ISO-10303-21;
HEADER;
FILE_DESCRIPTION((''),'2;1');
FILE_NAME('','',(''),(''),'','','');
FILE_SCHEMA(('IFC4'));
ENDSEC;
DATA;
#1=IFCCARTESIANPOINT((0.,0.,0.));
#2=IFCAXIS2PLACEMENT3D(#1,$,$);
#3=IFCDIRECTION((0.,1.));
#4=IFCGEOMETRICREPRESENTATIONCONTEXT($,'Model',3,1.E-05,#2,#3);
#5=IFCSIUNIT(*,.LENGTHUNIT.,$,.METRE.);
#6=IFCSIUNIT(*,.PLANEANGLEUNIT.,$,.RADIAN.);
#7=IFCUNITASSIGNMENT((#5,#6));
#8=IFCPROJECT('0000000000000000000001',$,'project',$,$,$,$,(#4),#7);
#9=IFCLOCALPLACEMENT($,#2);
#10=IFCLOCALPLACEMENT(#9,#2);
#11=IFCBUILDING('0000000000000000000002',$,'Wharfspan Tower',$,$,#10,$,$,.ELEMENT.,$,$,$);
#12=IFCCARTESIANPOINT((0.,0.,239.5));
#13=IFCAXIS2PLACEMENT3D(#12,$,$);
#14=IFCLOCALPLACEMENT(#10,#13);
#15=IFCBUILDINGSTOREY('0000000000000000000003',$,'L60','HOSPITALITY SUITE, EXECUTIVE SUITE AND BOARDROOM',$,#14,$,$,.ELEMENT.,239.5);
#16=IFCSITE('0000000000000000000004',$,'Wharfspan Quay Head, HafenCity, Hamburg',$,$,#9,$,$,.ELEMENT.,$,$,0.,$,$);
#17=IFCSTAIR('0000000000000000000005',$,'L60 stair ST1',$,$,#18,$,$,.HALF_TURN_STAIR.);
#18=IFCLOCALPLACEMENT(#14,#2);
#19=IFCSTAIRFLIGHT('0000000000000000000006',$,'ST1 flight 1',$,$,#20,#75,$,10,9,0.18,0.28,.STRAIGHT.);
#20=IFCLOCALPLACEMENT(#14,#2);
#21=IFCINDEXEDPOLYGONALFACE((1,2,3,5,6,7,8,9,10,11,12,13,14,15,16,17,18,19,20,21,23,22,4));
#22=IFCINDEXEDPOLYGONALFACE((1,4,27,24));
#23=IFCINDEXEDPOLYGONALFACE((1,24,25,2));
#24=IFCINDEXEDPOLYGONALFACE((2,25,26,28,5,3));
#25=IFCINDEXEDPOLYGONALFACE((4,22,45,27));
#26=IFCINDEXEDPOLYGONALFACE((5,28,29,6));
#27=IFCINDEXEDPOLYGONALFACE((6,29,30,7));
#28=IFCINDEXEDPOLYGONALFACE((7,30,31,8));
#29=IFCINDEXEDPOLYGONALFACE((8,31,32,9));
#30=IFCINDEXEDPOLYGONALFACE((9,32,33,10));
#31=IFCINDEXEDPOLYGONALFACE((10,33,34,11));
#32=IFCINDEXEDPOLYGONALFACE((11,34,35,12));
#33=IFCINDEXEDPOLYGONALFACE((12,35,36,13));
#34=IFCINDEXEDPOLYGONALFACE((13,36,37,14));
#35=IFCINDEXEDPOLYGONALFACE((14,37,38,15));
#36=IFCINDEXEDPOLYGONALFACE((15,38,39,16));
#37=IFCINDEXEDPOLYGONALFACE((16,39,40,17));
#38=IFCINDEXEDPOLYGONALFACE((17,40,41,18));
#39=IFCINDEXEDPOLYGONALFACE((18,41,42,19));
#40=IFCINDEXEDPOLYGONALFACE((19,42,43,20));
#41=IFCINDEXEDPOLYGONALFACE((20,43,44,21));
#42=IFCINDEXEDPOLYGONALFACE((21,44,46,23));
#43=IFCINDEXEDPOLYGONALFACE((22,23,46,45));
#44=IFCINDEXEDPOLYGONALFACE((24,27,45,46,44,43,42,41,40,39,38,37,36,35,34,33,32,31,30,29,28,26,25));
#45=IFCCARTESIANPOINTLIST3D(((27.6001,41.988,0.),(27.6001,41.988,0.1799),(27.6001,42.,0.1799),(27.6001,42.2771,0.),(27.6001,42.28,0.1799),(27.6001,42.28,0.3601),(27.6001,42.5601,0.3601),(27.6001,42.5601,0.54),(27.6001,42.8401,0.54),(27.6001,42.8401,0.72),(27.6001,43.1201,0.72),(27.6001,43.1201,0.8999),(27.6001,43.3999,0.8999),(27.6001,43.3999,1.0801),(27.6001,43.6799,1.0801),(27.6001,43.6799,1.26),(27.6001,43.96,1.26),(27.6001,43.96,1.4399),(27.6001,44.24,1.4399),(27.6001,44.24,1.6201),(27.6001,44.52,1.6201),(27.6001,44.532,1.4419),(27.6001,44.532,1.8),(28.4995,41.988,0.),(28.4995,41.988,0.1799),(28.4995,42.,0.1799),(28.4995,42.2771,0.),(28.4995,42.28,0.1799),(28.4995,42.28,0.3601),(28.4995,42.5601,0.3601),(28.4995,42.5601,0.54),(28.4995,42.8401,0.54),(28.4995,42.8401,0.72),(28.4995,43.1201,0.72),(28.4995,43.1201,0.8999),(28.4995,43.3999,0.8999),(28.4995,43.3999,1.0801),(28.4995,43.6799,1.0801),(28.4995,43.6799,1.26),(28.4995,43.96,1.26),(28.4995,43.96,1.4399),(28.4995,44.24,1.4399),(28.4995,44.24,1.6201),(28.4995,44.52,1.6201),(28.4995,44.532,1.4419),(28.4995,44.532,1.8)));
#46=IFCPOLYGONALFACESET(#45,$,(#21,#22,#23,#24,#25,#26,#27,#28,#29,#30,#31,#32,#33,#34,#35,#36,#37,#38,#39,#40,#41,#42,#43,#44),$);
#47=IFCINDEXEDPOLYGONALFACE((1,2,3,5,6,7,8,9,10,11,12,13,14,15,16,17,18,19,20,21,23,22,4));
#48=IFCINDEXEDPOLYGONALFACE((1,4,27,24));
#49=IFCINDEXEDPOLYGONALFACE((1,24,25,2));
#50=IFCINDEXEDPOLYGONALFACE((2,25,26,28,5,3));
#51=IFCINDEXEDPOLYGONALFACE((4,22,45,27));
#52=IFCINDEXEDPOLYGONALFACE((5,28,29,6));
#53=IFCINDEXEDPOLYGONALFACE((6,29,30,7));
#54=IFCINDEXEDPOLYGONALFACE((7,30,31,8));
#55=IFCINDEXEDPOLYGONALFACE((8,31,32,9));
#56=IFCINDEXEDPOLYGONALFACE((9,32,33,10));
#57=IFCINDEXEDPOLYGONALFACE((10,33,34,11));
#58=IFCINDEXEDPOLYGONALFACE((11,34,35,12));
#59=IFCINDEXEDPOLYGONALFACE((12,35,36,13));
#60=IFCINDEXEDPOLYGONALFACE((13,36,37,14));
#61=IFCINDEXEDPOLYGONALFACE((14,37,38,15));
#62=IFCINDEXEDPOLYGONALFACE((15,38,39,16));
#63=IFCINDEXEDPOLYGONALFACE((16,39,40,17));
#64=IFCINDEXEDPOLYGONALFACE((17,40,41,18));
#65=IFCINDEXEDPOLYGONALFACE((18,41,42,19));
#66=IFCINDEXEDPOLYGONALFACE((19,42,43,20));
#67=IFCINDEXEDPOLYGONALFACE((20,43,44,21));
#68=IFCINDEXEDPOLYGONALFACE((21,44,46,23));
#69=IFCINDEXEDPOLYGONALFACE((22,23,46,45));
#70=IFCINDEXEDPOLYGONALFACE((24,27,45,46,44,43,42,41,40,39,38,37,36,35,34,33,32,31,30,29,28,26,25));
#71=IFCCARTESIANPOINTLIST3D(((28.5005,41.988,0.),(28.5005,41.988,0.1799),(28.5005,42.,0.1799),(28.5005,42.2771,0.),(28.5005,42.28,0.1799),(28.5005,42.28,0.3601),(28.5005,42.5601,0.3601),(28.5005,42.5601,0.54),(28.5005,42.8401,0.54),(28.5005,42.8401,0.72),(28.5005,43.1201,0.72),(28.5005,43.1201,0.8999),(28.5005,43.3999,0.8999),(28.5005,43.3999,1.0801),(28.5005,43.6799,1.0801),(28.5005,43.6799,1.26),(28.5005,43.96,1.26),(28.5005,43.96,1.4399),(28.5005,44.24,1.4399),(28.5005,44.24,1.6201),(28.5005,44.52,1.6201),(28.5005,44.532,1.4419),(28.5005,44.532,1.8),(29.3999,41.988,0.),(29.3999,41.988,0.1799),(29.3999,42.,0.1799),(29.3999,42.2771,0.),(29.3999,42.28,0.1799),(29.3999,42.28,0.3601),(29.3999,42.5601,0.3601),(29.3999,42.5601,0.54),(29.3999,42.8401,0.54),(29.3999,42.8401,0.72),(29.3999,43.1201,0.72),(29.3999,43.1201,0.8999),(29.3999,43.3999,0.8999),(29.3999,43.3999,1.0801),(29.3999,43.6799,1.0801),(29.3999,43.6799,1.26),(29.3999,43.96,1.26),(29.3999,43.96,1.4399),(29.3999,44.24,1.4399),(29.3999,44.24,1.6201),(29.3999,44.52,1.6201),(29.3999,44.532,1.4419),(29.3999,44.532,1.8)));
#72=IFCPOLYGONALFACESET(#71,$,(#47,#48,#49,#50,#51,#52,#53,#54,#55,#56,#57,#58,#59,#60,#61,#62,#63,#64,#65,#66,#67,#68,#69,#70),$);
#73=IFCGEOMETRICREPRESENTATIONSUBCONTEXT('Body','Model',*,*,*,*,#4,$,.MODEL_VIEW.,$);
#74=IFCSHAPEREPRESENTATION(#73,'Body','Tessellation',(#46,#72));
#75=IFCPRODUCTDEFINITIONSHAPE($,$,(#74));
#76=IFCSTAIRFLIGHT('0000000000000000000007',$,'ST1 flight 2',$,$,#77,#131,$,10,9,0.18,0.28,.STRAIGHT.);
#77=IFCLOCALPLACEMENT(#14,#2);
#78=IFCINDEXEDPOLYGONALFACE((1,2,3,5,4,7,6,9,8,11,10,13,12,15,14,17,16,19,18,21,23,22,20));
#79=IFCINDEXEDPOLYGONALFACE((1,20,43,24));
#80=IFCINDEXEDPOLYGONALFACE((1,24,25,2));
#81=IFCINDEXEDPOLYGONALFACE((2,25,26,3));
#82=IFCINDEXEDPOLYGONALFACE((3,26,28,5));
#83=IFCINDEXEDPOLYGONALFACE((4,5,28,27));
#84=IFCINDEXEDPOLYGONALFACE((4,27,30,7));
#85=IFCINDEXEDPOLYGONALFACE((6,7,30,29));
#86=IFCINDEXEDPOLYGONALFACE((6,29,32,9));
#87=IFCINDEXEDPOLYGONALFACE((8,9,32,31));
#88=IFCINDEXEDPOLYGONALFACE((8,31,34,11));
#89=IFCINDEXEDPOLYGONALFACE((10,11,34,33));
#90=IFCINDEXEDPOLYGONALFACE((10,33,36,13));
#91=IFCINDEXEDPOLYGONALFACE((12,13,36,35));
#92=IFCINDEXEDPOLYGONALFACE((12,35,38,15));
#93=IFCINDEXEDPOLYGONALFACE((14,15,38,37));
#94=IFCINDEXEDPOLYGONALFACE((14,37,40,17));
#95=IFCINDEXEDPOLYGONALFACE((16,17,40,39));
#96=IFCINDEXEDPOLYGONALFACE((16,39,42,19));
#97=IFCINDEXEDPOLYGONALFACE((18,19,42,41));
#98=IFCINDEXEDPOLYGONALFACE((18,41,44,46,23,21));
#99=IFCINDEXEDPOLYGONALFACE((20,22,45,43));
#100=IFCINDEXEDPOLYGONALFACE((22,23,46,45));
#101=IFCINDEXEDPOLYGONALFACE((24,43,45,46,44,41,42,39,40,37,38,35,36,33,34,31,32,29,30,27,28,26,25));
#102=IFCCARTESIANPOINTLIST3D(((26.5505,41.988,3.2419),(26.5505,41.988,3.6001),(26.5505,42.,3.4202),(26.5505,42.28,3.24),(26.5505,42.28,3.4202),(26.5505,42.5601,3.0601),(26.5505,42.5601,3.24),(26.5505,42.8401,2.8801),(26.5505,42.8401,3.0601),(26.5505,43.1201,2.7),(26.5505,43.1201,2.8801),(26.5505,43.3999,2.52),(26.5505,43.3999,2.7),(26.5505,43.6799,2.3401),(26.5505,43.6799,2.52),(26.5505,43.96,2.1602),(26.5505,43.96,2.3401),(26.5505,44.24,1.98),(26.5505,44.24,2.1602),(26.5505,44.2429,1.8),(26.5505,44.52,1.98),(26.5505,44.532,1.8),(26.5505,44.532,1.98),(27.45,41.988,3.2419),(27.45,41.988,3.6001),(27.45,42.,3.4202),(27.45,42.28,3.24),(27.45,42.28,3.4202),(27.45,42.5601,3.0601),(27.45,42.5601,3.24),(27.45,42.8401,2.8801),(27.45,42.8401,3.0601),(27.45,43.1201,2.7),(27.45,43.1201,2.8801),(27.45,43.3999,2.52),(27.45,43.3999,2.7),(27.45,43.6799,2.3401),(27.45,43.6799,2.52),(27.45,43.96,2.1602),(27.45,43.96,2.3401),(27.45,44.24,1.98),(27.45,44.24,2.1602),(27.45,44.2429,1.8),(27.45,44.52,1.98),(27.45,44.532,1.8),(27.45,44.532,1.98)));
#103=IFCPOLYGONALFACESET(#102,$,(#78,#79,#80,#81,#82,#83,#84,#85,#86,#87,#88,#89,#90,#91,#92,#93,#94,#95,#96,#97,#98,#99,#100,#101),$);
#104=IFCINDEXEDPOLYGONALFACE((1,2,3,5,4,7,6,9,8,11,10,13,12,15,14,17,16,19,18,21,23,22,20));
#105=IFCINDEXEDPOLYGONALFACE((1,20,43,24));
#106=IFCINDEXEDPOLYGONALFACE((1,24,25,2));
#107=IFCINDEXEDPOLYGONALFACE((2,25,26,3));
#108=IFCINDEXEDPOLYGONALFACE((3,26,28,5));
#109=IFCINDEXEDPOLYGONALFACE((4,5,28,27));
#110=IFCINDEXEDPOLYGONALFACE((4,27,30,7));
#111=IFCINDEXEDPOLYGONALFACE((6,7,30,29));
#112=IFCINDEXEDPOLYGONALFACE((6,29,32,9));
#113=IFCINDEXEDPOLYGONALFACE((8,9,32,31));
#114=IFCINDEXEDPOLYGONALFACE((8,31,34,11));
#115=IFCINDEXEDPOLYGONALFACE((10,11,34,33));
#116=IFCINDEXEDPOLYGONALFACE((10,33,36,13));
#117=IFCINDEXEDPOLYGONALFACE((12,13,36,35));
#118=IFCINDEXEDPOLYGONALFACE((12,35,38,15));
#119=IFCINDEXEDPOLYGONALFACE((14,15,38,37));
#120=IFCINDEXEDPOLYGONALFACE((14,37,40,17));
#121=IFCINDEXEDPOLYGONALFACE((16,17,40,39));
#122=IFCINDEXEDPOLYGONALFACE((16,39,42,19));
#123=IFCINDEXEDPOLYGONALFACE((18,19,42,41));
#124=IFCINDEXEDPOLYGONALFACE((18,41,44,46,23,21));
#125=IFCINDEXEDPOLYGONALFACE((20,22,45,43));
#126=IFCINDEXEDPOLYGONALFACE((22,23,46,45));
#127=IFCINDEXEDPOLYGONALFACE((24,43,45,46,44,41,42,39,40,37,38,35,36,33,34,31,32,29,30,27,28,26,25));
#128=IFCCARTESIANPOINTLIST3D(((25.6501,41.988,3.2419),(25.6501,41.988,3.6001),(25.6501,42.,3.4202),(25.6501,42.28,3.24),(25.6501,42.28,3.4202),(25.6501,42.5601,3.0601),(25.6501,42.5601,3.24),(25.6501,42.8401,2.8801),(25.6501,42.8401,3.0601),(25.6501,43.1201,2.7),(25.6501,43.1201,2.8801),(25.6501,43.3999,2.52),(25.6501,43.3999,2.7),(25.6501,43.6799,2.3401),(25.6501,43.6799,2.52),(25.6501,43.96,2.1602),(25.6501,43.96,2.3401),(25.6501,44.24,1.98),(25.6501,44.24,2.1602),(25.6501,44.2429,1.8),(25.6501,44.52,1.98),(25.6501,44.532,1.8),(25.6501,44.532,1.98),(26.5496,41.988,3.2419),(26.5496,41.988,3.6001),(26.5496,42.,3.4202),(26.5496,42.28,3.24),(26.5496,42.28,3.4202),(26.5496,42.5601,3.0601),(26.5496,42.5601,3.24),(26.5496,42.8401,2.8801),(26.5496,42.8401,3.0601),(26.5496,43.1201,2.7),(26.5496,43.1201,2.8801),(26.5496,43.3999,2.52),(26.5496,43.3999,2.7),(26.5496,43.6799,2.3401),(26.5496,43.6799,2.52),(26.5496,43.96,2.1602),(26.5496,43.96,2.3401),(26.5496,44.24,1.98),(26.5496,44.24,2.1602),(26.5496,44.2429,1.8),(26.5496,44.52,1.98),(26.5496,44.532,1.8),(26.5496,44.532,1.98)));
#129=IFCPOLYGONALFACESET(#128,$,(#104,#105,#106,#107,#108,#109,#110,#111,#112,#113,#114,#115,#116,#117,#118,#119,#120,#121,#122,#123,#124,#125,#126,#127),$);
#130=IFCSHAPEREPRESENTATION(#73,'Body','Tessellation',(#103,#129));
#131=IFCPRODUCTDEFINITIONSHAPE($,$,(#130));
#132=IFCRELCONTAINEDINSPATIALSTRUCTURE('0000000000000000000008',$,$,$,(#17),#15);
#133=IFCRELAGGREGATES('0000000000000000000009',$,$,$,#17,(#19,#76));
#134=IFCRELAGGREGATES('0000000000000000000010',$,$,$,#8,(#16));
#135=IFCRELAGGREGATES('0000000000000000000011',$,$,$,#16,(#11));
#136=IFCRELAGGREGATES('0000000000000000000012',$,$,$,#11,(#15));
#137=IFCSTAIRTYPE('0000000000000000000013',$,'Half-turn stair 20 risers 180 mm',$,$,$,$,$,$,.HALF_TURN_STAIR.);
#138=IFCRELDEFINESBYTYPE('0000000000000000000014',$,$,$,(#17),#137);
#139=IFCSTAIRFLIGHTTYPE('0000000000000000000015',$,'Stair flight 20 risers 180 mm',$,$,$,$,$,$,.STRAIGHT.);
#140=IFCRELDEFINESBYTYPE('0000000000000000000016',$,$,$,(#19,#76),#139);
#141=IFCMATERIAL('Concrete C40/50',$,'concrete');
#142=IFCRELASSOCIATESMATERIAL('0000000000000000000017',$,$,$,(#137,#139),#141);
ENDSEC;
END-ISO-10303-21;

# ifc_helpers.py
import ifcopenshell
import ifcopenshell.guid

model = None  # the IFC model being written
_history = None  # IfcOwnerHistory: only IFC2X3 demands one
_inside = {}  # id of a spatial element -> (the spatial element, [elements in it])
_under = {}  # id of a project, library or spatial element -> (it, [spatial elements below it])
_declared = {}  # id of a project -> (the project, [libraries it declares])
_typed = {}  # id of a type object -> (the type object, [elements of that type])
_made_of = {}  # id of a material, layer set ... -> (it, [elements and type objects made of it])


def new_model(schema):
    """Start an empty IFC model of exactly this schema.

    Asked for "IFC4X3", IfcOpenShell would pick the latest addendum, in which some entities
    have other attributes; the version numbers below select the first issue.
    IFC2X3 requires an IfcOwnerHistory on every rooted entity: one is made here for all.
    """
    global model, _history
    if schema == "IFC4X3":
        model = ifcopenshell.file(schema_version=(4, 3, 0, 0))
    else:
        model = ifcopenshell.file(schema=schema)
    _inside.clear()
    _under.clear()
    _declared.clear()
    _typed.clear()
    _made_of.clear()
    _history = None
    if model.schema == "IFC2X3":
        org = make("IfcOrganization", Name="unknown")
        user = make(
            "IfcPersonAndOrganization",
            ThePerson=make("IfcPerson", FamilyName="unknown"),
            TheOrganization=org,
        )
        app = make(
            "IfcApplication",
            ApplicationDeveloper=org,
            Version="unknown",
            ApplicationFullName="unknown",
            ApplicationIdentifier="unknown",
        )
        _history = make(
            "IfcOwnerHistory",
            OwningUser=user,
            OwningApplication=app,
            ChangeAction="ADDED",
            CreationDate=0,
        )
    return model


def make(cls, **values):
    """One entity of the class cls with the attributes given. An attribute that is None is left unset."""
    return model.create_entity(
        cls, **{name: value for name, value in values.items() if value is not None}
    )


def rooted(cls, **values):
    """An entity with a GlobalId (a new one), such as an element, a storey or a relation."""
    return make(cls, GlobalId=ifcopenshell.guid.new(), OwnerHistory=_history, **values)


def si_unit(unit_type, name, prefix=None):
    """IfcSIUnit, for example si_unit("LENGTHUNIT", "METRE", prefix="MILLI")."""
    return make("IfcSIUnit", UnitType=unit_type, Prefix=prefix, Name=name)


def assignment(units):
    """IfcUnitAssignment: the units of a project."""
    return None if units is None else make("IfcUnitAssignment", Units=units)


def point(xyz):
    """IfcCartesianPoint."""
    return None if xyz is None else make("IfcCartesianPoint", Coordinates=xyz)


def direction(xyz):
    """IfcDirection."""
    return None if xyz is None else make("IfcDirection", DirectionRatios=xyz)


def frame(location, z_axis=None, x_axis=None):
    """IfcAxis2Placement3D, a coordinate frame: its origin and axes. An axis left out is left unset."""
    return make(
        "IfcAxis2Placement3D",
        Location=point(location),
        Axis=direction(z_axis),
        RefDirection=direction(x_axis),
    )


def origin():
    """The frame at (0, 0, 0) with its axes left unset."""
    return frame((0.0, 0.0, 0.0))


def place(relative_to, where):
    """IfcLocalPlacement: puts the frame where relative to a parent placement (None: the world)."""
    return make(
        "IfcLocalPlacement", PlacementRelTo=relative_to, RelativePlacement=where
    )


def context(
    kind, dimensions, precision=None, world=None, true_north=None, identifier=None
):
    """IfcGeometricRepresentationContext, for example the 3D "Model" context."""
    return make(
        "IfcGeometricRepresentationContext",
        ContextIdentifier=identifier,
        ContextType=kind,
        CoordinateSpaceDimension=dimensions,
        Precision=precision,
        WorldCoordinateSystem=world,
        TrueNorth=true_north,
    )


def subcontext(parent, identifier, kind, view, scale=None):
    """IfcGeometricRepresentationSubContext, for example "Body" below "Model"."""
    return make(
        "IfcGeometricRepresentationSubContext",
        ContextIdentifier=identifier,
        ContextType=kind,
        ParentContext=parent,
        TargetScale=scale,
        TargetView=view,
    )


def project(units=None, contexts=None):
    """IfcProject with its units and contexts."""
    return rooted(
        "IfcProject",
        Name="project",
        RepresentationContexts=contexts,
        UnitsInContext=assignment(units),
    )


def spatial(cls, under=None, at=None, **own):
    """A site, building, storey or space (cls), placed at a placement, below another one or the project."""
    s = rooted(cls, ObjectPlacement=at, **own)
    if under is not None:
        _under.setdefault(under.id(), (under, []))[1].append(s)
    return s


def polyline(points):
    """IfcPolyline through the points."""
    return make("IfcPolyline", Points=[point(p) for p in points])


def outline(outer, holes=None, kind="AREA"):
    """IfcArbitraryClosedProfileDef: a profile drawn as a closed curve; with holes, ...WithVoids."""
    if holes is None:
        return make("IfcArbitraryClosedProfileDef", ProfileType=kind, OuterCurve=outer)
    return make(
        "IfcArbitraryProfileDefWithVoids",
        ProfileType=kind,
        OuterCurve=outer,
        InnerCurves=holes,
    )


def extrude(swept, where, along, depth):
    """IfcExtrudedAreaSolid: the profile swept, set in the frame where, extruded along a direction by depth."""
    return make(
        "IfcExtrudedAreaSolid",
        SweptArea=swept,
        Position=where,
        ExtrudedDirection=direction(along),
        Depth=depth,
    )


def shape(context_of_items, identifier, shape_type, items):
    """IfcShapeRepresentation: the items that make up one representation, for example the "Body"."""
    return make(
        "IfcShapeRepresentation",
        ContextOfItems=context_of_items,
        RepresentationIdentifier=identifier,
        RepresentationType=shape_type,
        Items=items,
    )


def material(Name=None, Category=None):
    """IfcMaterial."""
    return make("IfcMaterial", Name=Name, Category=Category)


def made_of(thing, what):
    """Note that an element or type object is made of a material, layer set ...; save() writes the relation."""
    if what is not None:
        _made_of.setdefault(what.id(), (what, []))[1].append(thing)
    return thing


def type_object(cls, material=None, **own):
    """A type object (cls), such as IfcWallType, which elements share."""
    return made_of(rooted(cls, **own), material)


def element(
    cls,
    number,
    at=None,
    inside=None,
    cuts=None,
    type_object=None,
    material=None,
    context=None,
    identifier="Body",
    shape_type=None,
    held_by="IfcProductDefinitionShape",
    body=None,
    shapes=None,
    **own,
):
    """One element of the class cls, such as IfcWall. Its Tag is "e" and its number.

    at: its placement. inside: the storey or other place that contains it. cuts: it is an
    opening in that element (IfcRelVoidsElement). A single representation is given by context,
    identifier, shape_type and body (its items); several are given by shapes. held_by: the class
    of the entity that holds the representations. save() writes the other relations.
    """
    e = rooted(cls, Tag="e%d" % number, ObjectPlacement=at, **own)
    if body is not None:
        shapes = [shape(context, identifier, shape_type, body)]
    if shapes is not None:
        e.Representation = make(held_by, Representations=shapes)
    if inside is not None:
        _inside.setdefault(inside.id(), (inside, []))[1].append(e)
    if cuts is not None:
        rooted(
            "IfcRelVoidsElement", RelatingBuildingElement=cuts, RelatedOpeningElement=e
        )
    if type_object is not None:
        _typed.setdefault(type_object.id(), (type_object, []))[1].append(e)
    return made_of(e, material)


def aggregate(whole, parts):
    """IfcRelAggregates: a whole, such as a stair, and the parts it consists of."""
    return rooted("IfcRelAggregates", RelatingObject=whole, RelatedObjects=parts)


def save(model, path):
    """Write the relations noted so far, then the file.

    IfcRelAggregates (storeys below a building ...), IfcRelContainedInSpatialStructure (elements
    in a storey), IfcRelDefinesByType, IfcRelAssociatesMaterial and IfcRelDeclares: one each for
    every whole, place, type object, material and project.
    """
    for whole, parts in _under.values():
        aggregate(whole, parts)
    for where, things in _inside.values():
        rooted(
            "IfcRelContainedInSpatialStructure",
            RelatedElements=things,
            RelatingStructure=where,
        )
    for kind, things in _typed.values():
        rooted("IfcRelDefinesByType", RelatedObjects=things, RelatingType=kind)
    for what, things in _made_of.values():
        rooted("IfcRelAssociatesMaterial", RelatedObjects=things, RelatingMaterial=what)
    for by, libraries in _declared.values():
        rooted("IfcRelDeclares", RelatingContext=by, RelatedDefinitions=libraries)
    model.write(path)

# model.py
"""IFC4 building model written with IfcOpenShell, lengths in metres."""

from ifc_helpers import new_model, si_unit, direction, frame, origin, place, context, subcontext, project, spatial, polyline, outline, extrude, material, type_object, element, aggregate, save


model = new_model("IFC4")

# Units and contexts
model_context = context("Model", 3, precision=1e-05, world=origin(), true_north=direction((0.0, 1.0)))
body_context = subcontext(model_context, "Body", "Model", "MODEL_VIEW")
ifc_project = project(units=[si_unit("LENGTHUNIT", "METRE"), si_unit("PLANEANGLEUNIT", "RADIAN")], contexts=[model_context])

# Site, building, storey
site_placement = place(None, origin())
site = spatial("IfcSite", under=ifc_project, at=site_placement, Name="Wharfspan Quay Head, HafenCity, Hamburg", CompositionType="ELEMENT", RefElevation=0.0)
building_placement = place(site_placement, origin())
building = spatial("IfcBuilding", under=site, at=building_placement, Name="Wharfspan Tower", CompositionType="ELEMENT")
storey_placement = place(building_placement, frame((0.0, 0.0, 239.5)))
storey = spatial("IfcBuildingStorey", under=building, at=storey_placement, Name="L60", Description="HOSPITALITY SUITE, EXECUTIVE SUITE AND BOARDROOM", CompositionType="ELEMENT", Elevation=239.5)

# Shared definitions
ifc_material_1 = material(Name="Concrete C40/50", Category="concrete")

# Stair, stair flights
stair_type = type_object("IfcStairType", Name="Half-turn stair 20 risers 180 mm", PredefinedType="HALF_TURN_STAIR", material=ifc_material_1)
stair_placement = place(storey_placement, origin())
stair = element("IfcStair", 1, at=stair_placement, inside=storey, type_object=stair_type, Name="L60 stair ST1", PredefinedType="HALF_TURN_STAIR")
stair_flight_type = type_object("IfcStairFlightType", Name="Stair flight 20 risers 180 mm", PredefinedType="STRAIGHT", material=ifc_material_1)
stair_flight_1_placement = place(storey_placement, frame((28.5, 42.0, 0.0), z_axis=(0.0, 0.0, 1.0), x_axis=(0.0, 1.0, 0.0)))
stair_flight_1 = element("IfcStairFlight", 2, at=stair_flight_1_placement, type_object=stair_flight_type, Name="ST1 flight 1", NumberOfRisers=10, NumberOfTreads=9, PredefinedType="STRAIGHT", RiserHeight=0.18, TreadLength=0.28, context=body_context, shape_type="SweptSolid", body=[
    extrude(outline(polyline([(-0.012, 0.0), (-0.012, 0.1799), (0.0, 0.1799), (0.28, 0.1799), (0.28, 0.3601), (0.5601, 0.3601), (0.5601, 0.54), (0.8401, 0.54), (0.8401, 0.72), (1.1201, 0.72), (1.1201, 0.8999), (1.3999, 0.8999), (1.3999, 1.0801), (1.6799, 1.0801), (1.6799, 1.26), (1.96, 1.26), (1.96, 1.4399), (2.24, 1.4399), (2.24, 1.6201), (2.52, 1.6201), (2.532, 1.8), (2.532, 1.4419), (0.2771, 0.0), (-0.012, 0.0)])), frame((0.0, 0.8999, 0.0), z_axis=(0.0, -1.0, 0.0), x_axis=(1.0, 0.0, 0.0)), (0.0, 0.0, 1.0), 0.8994),
    extrude(outline(polyline([(-0.012, 0.0), (-0.012, 0.1799), (0.0, 0.1799), (0.28, 0.1799), (0.28, 0.3601), (0.5601, 0.3601), (0.5601, 0.54), (0.8401, 0.54), (0.8401, 0.72), (1.1201, 0.72), (1.1201, 0.8999), (1.3999, 0.8999), (1.3999, 1.0801), (1.6799, 1.0801), (1.6799, 1.26), (1.96, 1.26), (1.96, 1.4399), (2.24, 1.4399), (2.24, 1.6201), (2.52, 1.6201), (2.532, 1.8), (2.532, 1.4419), (0.2771, 0.0), (-0.012, 0.0)])), frame((0.0, -0.0005, 0.0), z_axis=(0.0, -1.0, 0.0), x_axis=(1.0, 0.0, 0.0)), (0.0, 0.0, 1.0), 0.8994),
])
stair_flight_2_placement = place(storey_placement, frame((26.55, 44.52, 1.8), z_axis=(0.0, 0.0, 1.0), x_axis=(0.0, -1.0, 0.0)))
stair_flight_2 = element("IfcStairFlight", 3, at=stair_flight_2_placement, type_object=stair_flight_type, Name="ST1 flight 2", NumberOfRisers=10, NumberOfTreads=9, PredefinedType="STRAIGHT", RiserHeight=0.18, TreadLength=0.28, context=body_context, shape_type="SweptSolid", body=[
    extrude(outline(polyline([(-0.012, 0.0), (-0.012, 0.1799), (0.0, 0.1799), (0.28, 0.1799), (0.28, 0.3601), (0.5601, 0.3601), (0.5601, 0.54), (0.8401, 0.54), (0.8401, 0.72), (1.1201, 0.72), (1.1201, 0.8999), (1.3999, 0.8999), (1.3999, 1.0801), (1.6799, 1.0801), (1.6799, 1.26), (1.96, 1.26), (1.96, 1.4399), (2.24, 1.4399), (2.24, 1.6201), (2.52, 1.6201), (2.532, 1.8), (2.532, 1.4419), (0.2771, 0.0), (-0.012, 0.0)])), frame((0.0, 0.8999, 0.0), z_axis=(0.0, -1.0, 0.0), x_axis=(1.0, 0.0, 0.0)), (0.0, 0.0, 1.0), 0.8994),
    extrude(outline(polyline([(-0.012, 0.0), (-0.012, 0.1799), (0.0, 0.1799), (0.28, 0.1799), (0.28, 0.3601), (0.5601, 0.3601), (0.5601, 0.54), (0.8401, 0.54), (0.8401, 0.72), (1.1201, 0.72), (1.1201, 0.8999), (1.3999, 0.8999), (1.3999, 1.0801), (1.6799, 1.0801), (1.6799, 1.26), (1.96, 1.26), (1.96, 1.4399), (2.24, 1.4399), (2.24, 1.6201), (2.52, 1.6201), (2.532, 1.8), (2.532, 1.4419), (0.2771, 0.0), (-0.012, 0.0)])), frame((0.0, -0.0005, 0.0), z_axis=(0.0, -1.0, 0.0), x_axis=(1.0, 0.0, 0.0)), (0.0, 0.0, 1.0), 0.8994),
])
aggregate(stair, [stair_flight_1, stair_flight_2])

save(model, "model.ifc")
